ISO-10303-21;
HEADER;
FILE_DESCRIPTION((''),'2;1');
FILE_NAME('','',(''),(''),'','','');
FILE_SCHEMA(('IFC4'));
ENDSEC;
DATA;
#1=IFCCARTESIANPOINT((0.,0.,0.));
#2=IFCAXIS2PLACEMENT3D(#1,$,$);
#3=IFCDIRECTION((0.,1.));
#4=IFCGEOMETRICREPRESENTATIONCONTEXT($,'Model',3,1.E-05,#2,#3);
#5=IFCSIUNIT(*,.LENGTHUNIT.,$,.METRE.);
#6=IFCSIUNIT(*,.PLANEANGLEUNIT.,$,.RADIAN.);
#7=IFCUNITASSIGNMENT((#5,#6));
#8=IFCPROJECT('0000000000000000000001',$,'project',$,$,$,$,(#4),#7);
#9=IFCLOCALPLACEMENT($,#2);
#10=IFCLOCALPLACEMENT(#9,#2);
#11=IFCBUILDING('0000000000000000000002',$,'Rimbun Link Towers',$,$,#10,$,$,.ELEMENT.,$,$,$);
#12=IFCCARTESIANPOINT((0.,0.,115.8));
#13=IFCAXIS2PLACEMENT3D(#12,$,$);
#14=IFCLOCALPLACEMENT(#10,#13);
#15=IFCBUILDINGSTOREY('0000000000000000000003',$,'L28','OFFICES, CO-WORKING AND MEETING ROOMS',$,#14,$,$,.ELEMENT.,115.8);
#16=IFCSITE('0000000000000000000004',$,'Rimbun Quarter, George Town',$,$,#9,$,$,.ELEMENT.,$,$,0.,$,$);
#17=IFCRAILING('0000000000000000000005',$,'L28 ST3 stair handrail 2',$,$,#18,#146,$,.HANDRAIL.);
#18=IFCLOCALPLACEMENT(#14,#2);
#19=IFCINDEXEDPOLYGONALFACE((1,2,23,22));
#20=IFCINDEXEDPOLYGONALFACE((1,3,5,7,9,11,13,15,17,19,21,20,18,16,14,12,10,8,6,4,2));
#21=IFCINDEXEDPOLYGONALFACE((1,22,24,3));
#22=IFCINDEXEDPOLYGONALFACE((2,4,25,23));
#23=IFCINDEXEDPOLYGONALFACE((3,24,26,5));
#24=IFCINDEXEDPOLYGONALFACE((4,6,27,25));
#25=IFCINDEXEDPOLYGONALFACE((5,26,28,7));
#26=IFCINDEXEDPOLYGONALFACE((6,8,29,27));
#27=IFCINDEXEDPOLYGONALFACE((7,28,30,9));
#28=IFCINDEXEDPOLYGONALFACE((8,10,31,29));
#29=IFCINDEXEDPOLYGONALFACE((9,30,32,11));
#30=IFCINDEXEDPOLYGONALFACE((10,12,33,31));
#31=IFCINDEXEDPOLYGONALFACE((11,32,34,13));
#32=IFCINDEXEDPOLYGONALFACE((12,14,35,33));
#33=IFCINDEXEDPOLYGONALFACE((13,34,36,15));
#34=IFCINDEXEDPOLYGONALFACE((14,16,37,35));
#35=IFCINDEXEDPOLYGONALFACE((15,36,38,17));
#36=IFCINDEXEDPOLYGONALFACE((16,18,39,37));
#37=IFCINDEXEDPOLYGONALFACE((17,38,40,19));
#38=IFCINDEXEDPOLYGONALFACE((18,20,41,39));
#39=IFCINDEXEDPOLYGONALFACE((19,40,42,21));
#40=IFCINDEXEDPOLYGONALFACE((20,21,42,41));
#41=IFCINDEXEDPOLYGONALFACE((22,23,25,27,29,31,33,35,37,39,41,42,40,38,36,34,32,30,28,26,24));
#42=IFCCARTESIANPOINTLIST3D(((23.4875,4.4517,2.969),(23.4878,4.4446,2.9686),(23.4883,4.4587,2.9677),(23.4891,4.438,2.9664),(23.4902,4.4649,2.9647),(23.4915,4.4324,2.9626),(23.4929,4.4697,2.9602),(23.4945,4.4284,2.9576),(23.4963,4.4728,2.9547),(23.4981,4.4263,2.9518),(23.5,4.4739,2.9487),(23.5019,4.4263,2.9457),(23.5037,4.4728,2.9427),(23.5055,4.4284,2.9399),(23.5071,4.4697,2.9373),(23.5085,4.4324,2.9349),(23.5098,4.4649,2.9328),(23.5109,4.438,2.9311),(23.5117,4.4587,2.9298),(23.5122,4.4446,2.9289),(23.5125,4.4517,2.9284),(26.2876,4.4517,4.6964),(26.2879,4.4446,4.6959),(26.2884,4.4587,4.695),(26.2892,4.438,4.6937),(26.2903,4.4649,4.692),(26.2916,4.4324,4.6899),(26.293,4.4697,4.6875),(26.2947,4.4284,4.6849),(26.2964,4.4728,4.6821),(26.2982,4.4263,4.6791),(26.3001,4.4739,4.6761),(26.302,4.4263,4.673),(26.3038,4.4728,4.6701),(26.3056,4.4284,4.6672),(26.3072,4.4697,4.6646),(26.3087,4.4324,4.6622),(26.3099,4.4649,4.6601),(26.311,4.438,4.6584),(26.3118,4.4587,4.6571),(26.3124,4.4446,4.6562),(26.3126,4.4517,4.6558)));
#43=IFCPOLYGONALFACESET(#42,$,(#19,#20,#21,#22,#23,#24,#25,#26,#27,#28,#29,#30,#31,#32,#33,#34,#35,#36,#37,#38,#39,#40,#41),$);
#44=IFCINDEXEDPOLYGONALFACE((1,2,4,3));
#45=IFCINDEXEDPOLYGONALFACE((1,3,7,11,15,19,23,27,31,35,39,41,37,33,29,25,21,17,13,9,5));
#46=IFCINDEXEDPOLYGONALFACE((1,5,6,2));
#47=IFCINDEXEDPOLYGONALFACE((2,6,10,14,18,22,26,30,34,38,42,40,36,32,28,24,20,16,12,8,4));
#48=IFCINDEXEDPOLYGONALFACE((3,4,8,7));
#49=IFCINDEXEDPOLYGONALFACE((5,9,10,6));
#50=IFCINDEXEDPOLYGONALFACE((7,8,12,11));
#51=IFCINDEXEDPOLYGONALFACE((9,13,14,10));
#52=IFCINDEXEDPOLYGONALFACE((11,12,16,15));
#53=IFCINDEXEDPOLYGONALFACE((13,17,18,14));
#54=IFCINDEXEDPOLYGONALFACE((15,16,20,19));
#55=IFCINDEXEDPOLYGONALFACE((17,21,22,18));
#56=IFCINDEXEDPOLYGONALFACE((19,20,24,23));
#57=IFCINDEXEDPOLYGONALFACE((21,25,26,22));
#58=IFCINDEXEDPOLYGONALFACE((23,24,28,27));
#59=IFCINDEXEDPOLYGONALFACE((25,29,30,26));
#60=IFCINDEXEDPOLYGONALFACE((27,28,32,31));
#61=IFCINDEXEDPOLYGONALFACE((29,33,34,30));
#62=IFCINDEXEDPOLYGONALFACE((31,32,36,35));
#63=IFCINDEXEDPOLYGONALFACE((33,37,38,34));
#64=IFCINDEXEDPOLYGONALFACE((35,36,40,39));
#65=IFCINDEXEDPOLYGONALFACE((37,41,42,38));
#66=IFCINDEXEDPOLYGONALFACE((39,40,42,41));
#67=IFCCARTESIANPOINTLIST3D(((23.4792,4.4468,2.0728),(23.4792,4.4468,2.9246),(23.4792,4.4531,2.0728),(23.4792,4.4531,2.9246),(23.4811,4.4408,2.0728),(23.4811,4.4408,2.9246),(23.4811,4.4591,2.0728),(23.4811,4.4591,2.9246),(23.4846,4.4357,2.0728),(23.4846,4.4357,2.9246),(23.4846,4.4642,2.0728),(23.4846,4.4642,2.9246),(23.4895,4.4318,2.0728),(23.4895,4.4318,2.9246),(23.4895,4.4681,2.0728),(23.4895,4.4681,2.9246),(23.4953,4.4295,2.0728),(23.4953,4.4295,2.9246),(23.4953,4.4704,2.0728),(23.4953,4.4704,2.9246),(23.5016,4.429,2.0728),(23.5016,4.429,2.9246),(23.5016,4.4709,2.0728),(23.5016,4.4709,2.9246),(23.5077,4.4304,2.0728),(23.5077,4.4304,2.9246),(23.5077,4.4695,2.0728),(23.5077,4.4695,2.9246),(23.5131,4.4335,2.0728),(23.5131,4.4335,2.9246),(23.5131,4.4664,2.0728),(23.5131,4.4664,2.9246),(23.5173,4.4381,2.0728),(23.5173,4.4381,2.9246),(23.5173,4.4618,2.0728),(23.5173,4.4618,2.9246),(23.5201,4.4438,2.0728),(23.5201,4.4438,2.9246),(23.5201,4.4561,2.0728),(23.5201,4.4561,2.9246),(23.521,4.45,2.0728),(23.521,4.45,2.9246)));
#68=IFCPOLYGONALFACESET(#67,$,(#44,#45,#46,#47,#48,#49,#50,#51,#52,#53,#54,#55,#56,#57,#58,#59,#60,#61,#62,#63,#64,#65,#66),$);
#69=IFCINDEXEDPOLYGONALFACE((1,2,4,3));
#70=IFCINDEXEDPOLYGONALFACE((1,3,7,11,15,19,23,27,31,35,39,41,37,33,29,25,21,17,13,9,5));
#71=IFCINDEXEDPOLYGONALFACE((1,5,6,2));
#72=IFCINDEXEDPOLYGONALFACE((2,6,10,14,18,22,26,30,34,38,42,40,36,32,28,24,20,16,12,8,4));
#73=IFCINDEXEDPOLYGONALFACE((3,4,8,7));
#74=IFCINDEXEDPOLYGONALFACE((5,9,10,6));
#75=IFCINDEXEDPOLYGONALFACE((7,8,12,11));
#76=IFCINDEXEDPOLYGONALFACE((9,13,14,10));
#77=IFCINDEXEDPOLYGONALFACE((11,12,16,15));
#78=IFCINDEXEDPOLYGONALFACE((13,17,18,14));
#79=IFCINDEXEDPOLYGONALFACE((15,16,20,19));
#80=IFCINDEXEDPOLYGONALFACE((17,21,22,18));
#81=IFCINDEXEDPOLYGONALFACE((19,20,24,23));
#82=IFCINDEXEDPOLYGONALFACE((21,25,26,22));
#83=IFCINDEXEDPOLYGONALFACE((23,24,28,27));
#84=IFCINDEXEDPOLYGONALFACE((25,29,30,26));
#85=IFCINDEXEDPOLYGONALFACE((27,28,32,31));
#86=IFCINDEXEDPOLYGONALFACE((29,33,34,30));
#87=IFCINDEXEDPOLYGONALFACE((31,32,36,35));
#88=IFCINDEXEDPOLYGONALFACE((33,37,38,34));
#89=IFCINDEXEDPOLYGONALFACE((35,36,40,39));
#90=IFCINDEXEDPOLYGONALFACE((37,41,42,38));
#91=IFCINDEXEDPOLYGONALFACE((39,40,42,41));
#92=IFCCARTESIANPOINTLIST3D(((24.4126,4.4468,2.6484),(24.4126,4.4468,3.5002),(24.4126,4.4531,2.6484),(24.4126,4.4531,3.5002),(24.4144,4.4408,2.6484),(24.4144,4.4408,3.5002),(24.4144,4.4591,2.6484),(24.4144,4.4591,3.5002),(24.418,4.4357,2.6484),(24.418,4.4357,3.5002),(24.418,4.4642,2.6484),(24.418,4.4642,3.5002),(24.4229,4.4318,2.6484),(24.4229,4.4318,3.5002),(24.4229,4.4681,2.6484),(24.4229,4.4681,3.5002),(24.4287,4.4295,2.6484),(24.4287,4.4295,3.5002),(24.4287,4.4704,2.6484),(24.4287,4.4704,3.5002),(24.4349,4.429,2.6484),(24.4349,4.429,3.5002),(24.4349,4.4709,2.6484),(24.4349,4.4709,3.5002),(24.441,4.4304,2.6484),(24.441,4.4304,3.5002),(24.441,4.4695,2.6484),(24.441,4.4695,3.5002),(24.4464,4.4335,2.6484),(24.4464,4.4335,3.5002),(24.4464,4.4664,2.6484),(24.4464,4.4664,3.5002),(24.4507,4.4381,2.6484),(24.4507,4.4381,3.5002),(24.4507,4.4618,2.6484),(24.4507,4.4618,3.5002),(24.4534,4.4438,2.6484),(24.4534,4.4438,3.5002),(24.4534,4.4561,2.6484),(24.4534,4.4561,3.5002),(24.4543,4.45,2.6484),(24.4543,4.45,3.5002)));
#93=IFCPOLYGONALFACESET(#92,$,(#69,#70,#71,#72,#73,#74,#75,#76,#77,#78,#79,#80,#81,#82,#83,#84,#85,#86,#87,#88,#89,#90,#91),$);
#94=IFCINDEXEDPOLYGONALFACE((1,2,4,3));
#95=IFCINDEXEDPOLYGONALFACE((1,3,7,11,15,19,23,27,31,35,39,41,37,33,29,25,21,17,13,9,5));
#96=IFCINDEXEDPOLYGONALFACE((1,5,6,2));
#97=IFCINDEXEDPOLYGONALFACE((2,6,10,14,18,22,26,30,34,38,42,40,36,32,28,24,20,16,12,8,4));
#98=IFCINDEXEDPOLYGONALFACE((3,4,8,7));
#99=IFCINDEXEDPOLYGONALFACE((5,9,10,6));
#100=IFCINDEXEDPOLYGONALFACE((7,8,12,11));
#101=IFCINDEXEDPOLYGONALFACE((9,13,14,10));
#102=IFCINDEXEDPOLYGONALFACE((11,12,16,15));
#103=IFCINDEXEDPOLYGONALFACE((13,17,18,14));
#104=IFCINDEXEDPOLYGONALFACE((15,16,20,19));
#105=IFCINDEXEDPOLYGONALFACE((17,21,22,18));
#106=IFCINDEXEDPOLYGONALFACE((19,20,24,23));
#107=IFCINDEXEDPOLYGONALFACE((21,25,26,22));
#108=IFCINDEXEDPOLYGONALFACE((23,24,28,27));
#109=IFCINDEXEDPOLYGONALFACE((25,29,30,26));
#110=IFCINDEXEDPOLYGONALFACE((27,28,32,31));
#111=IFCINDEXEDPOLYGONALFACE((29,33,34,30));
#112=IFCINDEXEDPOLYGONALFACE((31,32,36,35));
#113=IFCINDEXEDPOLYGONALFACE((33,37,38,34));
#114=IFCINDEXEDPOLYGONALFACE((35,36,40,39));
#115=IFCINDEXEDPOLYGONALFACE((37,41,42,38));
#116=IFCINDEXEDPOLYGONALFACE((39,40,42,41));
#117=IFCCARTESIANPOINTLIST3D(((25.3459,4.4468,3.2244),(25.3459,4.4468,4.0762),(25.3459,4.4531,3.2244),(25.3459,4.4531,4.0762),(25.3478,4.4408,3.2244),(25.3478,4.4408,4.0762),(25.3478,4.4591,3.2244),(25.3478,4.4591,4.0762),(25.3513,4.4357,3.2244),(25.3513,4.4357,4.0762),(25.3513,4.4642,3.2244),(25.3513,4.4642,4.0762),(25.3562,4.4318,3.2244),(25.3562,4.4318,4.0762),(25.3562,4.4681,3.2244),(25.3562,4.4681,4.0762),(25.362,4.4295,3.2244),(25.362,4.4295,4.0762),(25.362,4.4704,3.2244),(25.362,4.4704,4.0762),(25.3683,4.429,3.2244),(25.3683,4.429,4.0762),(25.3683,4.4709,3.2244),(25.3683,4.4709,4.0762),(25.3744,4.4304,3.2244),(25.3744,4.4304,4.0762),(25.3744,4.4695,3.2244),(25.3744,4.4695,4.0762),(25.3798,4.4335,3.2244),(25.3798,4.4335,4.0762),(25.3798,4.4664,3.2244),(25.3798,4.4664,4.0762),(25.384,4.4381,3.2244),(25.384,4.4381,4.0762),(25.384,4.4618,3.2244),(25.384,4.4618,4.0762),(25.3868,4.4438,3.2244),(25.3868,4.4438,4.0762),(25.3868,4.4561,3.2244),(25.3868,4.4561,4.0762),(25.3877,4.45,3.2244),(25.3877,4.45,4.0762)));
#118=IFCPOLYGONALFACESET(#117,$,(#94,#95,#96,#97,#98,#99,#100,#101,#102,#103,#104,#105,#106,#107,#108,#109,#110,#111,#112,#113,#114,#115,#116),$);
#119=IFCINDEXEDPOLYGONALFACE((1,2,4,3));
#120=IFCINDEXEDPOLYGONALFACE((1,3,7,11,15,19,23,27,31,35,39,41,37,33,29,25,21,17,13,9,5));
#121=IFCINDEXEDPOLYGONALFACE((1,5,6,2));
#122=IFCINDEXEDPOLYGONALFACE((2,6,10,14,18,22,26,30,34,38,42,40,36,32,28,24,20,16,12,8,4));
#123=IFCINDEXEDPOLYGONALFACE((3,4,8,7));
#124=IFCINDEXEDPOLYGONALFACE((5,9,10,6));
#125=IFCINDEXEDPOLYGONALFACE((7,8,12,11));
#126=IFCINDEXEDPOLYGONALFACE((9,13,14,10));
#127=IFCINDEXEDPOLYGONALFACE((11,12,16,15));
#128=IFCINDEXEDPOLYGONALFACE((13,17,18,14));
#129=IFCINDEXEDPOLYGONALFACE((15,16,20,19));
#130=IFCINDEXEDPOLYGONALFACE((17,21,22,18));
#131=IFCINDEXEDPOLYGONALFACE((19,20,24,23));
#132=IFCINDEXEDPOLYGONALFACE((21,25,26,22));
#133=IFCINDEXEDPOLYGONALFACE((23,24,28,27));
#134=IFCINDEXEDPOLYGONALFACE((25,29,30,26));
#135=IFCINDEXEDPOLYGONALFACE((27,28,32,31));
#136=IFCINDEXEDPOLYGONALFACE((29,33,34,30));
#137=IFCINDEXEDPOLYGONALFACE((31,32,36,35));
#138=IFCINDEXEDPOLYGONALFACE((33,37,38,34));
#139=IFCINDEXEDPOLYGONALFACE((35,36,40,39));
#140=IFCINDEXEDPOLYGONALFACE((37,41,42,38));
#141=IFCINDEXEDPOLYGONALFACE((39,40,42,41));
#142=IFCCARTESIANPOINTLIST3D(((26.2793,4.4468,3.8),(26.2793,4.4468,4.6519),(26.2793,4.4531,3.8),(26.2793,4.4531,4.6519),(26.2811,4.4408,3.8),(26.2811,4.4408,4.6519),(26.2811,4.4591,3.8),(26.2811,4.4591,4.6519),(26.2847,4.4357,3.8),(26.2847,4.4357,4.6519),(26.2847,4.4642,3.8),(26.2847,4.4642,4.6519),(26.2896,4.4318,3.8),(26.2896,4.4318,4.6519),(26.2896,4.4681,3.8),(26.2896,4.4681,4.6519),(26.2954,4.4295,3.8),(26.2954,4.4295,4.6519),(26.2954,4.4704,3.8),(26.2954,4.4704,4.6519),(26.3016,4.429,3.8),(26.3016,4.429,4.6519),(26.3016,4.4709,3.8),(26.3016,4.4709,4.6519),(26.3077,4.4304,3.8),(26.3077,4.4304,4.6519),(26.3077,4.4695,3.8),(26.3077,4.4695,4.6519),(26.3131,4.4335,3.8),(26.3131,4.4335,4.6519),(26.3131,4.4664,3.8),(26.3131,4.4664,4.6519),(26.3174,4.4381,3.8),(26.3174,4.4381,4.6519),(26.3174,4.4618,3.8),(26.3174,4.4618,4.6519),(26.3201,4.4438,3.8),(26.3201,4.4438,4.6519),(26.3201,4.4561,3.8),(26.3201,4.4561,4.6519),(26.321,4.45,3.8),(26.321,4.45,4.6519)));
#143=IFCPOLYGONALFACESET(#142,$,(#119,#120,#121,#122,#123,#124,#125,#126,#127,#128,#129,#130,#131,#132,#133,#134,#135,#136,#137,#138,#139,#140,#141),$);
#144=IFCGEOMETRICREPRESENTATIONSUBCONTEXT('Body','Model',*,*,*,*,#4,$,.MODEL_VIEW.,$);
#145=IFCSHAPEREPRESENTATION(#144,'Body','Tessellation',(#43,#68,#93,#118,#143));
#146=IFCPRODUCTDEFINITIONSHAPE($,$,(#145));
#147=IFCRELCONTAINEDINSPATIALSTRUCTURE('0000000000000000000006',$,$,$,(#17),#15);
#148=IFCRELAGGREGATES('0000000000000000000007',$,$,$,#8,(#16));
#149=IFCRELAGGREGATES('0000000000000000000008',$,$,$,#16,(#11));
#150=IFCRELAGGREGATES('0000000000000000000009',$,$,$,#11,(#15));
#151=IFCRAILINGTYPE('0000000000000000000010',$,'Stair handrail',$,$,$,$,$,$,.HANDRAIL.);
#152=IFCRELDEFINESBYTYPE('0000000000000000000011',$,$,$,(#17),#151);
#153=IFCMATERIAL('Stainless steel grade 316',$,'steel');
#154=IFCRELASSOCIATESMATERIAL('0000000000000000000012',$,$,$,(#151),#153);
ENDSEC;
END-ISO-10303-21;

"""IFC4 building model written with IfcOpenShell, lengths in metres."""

from ifc_helpers import new_model, si_unit, direction, frame, origin, origin_2d, place, context, subcontext, project, spatial, circle, extrude, material, type_object, element, save


model = new_model("IFC4")

# Units and contexts
model_context = context("Model", 3, precision=1e-05, world=origin(), true_north=direction((0.0, 1.0)))
body_context = subcontext(model_context, "Body", "Model", "MODEL_VIEW")
ifc_project = project(units=[si_unit("LENGTHUNIT", "METRE"), si_unit("PLANEANGLEUNIT", "RADIAN")], contexts=[model_context])

# Site, building, storey
site_placement = place(None, origin())
site = spatial("IfcSite", under=ifc_project, at=site_placement, Name="Rimbun Quarter, George Town", CompositionType="ELEMENT", RefElevation=0.0)
building_placement = place(site_placement, origin())
building = spatial("IfcBuilding", under=site, at=building_placement, Name="Rimbun Link Towers", CompositionType="ELEMENT")
storey_placement = place(building_placement, frame((0.0, 0.0, 115.8)))
storey = spatial("IfcBuildingStorey", under=building, at=storey_placement, Name="L28", Description="OFFICES, CO-WORKING AND MEETING ROOMS", CompositionType="ELEMENT", Elevation=115.8)

# Railing
ifc_material_1 = material(Name="Stainless steel grade 316", Category="steel")
railing_type_1 = type_object("IfcRailingType", Name="Stair handrail", PredefinedType="HANDRAIL", material=ifc_material_1)
railing_1_placement = place(storey_placement, frame((23.5, 4.45, 2.0728)))
element("IfcRailing", 1, at=railing_1_placement, inside=storey, type_object=railing_type_1, Name="L28 ST3 stair handrail 2", PredefinedType="HANDRAIL", context=body_context, shape_type="SweptSolid", body=[
    extrude(circle(Radius=0.0239, at=origin_2d()), frame((0.0, 0.0, 0.876), z_axis=(0.85109, 0.0, 0.52502), x_axis=(0.0, 1.0, 0.0)), (0.0, 0.0, 1.0), 3.29),
    extrude(circle(Radius=0.021, at=origin_2d()), origin(), (0.0, 0.0, 1.0), 0.8518),
    extrude(circle(Radius=0.021, at=origin_2d()), frame((0.9333, 0.0, 0.5757)), (0.0, 0.0, 1.0), 0.8518),
    extrude(circle(Radius=0.021, at=origin_2d()), frame((1.8667, 0.0, 1.1516)), (0.0, 0.0, 1.0), 0.8518),
    extrude(circle(Radius=0.021, at=origin_2d()), frame((2.8, 0.0, 1.7273)), (0.0, 0.0, 1.0), 0.8518),
])

save(model, "model.ifc")
